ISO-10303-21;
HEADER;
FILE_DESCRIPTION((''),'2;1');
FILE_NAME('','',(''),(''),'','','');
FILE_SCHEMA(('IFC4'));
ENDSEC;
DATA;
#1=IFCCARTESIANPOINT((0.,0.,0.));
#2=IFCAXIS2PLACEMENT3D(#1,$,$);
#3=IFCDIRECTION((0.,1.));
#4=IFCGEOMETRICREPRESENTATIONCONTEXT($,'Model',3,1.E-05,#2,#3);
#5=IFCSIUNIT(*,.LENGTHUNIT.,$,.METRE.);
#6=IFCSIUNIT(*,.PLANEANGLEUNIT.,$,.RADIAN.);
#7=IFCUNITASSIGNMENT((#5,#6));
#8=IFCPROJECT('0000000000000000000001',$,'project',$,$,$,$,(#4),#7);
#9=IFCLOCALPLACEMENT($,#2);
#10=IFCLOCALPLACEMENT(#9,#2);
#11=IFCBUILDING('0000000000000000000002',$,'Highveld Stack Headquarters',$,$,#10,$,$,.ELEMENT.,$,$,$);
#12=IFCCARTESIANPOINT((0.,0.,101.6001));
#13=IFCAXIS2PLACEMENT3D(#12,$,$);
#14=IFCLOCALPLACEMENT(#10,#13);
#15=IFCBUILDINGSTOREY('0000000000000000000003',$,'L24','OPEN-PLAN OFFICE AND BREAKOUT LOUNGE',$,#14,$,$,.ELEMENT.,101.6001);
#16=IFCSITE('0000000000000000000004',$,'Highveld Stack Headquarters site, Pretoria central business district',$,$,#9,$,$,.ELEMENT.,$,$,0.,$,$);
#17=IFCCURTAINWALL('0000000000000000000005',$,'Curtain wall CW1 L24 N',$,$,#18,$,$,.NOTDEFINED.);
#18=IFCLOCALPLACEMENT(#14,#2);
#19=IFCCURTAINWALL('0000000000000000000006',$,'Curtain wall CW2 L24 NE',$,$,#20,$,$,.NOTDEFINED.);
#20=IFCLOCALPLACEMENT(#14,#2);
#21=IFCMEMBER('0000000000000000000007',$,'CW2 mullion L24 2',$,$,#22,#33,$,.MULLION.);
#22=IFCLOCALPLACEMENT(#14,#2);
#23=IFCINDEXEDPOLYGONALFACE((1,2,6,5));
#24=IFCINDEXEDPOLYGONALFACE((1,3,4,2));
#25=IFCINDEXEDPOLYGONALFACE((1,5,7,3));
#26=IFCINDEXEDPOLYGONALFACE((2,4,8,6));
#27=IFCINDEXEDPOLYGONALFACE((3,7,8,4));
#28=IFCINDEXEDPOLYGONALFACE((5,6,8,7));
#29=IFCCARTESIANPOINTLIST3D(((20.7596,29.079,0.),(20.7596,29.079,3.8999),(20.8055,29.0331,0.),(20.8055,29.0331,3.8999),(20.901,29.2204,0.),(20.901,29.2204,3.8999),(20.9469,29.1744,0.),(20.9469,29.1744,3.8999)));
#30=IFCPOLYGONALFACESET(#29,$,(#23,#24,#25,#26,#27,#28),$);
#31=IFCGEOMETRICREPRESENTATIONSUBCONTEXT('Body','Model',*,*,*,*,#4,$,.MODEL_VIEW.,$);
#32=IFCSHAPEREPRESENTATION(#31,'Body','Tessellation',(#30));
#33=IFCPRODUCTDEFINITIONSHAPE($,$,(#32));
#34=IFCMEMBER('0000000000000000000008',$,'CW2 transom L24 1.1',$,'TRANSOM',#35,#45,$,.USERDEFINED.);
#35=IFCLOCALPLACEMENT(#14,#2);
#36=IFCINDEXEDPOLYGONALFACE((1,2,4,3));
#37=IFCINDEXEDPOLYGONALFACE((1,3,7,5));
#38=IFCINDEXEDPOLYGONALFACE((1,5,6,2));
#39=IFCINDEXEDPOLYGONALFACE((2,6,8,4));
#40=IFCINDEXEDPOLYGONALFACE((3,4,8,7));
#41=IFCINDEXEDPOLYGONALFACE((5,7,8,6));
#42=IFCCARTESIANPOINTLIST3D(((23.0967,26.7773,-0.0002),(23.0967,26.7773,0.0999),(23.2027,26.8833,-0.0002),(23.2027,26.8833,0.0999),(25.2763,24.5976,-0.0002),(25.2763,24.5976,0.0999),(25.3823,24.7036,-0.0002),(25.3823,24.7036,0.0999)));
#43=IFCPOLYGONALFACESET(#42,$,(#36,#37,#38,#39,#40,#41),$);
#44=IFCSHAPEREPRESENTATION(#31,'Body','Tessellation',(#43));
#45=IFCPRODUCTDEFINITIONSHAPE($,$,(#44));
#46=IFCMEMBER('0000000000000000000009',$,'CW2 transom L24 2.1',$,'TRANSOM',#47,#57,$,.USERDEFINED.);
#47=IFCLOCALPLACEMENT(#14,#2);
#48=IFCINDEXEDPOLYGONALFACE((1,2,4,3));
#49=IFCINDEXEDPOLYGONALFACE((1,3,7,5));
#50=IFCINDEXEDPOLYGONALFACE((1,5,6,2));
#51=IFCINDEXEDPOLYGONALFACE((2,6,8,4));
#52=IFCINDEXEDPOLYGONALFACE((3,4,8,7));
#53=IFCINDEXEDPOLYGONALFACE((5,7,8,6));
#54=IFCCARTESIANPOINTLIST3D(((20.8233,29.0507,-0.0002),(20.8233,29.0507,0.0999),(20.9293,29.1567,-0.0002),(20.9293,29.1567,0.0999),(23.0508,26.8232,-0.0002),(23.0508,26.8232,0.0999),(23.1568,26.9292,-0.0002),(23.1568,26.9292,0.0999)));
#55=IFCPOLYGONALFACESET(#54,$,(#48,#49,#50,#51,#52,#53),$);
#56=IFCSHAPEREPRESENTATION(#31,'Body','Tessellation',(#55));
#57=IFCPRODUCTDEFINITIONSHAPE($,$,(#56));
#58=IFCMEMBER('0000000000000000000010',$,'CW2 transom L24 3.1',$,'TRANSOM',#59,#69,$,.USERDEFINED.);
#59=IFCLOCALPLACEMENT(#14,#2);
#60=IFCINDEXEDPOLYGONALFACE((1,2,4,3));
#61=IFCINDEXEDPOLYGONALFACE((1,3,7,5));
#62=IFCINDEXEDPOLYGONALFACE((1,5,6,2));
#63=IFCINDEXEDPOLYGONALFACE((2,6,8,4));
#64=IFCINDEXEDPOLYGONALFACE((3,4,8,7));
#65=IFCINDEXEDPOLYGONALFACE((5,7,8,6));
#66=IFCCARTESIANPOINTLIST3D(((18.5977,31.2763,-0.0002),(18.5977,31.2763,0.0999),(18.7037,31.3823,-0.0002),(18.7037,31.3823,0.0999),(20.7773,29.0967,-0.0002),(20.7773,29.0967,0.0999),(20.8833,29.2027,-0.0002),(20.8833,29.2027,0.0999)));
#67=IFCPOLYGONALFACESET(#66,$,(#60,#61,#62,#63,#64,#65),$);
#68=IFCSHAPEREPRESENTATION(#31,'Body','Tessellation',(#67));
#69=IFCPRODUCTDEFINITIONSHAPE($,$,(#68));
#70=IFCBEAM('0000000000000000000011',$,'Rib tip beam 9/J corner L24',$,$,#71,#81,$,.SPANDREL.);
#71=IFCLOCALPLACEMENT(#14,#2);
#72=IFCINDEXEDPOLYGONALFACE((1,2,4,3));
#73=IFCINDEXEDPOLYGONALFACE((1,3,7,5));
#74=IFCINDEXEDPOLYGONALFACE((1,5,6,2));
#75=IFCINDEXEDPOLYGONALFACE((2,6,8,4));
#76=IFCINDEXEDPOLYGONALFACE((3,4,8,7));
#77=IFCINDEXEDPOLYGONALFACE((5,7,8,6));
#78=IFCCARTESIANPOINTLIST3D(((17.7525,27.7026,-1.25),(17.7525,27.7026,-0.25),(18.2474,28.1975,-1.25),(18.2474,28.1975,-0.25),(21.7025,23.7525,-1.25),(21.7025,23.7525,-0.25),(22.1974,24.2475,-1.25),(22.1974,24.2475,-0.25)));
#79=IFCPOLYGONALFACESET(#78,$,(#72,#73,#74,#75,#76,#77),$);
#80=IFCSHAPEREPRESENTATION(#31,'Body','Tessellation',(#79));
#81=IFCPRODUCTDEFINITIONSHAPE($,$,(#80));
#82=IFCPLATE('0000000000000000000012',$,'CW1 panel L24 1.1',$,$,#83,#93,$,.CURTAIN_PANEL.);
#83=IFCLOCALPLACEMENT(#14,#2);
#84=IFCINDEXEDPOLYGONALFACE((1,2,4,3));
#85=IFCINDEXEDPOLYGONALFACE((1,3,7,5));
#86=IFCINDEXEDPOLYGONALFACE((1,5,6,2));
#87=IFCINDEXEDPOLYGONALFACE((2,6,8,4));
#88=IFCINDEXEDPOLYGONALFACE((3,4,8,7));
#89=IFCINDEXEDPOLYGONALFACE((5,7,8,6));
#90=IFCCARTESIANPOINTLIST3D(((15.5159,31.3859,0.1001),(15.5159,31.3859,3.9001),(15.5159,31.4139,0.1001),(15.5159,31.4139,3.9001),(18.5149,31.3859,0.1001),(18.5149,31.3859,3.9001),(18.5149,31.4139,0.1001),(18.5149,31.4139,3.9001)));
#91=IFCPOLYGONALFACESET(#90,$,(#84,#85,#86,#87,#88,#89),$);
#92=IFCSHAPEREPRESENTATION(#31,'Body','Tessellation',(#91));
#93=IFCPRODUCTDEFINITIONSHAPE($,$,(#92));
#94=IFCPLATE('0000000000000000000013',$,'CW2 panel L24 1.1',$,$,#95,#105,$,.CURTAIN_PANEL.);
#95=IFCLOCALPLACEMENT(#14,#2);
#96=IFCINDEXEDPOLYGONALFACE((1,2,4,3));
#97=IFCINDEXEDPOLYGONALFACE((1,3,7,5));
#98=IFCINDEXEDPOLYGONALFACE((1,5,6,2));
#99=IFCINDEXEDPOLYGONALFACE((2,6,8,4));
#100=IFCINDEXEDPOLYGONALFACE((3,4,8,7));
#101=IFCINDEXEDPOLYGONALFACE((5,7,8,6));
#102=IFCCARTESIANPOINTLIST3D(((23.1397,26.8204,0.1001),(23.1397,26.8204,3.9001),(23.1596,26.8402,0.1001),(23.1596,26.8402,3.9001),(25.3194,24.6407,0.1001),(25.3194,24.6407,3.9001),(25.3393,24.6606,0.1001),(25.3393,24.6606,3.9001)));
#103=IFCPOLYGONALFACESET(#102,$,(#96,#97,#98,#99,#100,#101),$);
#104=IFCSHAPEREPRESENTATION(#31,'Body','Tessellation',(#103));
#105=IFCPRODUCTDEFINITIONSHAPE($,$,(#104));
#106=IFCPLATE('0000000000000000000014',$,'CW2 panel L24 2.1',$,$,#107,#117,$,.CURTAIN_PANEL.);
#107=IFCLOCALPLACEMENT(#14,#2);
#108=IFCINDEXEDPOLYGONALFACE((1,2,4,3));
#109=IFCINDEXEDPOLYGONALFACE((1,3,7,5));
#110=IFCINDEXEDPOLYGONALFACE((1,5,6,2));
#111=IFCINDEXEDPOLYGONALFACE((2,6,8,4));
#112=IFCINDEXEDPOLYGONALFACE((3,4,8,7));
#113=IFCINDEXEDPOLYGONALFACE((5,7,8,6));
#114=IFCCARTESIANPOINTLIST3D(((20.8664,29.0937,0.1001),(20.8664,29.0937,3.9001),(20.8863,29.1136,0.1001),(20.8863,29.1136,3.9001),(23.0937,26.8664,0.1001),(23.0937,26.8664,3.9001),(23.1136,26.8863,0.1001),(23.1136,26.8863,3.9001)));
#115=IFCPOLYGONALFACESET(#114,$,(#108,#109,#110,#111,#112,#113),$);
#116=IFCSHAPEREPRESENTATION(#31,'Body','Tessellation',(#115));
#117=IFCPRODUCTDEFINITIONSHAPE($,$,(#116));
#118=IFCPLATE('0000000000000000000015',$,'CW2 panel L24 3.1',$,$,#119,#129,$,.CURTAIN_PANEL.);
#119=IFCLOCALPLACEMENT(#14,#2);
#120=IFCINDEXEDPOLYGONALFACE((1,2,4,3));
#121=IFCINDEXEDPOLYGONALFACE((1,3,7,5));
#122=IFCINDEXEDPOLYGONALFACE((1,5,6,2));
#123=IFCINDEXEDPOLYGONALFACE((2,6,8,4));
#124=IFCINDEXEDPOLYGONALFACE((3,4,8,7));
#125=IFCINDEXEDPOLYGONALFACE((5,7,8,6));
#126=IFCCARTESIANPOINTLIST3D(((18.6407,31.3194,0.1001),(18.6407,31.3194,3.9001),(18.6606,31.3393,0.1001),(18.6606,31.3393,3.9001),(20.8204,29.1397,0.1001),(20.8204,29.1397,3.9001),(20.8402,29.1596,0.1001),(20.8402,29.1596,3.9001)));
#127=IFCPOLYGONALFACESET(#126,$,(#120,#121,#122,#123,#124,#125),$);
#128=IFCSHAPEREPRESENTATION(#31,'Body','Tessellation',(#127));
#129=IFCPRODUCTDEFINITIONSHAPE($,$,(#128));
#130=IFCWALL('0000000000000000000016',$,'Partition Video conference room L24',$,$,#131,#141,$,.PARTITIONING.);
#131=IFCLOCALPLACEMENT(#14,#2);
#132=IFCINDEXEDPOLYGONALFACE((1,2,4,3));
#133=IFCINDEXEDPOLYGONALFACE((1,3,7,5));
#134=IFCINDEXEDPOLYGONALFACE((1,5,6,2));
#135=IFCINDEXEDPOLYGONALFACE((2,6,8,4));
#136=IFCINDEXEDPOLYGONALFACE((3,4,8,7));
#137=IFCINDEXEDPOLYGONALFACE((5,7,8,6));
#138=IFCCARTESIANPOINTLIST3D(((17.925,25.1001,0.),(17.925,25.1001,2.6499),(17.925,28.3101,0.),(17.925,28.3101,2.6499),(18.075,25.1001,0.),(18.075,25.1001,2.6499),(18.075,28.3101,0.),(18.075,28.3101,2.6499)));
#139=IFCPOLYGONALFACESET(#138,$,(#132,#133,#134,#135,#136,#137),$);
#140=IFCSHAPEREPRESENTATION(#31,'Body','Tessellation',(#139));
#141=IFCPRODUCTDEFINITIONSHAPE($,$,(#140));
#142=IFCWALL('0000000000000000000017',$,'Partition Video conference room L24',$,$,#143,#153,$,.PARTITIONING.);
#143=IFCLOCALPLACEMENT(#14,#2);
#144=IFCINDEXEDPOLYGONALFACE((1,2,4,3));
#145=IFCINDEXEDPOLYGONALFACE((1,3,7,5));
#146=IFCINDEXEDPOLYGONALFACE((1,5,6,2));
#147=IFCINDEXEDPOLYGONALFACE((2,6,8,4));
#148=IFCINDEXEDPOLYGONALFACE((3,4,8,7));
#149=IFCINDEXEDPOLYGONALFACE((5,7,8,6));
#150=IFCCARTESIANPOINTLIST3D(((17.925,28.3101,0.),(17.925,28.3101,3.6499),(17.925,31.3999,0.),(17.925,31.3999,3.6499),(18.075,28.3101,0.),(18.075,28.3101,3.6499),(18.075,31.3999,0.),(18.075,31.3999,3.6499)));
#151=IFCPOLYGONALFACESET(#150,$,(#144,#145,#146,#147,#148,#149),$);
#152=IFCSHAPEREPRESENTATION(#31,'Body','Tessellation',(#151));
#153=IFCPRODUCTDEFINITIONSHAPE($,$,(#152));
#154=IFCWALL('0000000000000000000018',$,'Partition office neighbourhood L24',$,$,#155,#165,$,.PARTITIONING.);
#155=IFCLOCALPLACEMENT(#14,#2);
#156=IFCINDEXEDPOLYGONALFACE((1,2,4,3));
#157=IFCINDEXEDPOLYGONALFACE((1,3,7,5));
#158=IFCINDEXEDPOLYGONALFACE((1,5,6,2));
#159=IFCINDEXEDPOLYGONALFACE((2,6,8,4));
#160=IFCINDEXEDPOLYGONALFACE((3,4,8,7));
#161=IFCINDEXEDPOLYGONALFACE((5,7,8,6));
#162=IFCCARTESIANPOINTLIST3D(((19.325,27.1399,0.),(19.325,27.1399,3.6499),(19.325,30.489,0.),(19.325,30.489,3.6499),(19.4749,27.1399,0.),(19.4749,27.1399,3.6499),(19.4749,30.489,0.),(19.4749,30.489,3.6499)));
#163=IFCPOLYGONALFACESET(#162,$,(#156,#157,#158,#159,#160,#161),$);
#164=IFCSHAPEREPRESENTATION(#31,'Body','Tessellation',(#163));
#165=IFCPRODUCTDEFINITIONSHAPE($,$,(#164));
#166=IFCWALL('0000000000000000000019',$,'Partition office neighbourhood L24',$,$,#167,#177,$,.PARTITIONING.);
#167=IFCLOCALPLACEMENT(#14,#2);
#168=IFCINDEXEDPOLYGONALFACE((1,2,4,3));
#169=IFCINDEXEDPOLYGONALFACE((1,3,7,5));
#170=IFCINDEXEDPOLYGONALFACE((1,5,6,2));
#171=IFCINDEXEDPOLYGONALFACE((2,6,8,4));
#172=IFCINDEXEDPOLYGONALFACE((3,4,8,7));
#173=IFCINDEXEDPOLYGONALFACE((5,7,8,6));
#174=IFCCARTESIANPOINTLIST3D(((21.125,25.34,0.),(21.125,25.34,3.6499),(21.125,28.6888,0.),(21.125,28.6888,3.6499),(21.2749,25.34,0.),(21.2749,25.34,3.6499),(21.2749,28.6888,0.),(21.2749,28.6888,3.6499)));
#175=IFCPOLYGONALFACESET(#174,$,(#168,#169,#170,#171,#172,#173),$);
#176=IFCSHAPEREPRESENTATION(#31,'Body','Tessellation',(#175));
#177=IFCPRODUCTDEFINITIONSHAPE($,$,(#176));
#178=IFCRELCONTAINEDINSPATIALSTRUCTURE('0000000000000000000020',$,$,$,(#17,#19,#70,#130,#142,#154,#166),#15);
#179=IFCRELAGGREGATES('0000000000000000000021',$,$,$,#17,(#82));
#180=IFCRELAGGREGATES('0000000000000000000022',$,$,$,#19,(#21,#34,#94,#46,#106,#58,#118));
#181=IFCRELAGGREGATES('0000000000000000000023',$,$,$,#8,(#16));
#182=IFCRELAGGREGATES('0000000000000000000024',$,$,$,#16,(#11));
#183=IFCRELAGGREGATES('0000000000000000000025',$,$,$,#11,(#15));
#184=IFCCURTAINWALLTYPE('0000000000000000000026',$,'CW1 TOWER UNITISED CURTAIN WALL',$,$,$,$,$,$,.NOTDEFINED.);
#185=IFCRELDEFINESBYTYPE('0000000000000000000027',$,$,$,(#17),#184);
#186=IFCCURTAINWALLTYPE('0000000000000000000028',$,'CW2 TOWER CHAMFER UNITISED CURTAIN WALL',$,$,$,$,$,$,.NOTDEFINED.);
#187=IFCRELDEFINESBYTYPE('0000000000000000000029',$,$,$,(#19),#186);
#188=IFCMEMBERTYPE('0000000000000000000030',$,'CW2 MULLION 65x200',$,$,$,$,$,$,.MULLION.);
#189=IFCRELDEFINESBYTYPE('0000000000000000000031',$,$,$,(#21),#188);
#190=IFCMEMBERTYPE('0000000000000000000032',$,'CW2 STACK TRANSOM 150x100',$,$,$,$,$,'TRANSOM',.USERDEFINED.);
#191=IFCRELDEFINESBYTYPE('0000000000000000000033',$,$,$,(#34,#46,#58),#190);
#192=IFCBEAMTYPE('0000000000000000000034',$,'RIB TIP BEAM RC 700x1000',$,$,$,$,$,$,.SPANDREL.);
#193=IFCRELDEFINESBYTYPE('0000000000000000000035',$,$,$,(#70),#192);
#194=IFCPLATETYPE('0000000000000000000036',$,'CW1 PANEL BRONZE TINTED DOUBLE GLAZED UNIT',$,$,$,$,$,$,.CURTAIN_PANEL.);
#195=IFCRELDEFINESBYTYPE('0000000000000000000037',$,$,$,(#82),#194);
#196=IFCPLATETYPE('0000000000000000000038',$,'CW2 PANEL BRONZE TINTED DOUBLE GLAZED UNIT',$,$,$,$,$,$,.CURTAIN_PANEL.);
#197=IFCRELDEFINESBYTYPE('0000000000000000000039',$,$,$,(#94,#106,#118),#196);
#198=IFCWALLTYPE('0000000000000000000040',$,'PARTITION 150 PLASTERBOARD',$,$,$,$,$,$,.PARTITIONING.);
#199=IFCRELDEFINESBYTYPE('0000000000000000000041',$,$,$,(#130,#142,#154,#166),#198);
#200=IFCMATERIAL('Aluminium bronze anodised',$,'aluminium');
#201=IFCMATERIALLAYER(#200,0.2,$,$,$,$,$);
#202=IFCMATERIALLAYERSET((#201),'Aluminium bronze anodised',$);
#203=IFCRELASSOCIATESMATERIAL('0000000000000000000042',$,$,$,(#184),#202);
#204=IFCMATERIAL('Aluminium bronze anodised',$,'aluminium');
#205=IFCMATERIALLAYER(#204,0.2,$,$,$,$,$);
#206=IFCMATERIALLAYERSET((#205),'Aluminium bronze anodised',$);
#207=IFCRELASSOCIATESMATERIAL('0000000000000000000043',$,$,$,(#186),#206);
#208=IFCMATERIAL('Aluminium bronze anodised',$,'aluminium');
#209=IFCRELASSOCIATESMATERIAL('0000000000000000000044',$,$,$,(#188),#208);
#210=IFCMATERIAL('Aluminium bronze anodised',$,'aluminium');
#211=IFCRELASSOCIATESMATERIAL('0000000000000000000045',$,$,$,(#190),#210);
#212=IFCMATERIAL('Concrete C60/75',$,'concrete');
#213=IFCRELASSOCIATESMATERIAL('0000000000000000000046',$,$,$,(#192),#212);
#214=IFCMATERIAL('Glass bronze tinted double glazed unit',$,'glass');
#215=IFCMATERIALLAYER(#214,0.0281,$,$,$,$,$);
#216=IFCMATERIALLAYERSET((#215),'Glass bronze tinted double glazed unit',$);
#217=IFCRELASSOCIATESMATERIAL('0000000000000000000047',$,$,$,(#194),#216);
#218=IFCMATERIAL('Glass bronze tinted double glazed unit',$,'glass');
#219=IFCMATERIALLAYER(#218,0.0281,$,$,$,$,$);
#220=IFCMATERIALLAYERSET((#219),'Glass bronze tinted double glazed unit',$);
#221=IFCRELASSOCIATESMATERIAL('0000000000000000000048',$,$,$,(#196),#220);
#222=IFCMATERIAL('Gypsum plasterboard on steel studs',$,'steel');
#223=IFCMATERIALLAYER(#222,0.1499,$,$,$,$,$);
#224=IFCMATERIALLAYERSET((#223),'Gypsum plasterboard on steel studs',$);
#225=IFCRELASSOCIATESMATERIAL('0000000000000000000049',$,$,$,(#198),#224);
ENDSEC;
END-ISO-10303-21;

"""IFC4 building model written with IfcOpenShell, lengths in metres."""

from ifc_helpers import new_model, si_unit, direction, frame, frame_2d, origin, origin_2d, place, context, subcontext, project, spatial, rectangle, extrude, material, layer, layer_set, material_profile, profile_set, type_object, element, aggregate, save


model = new_model("IFC4")

# Units and contexts
model_context = context("Model", 3, precision=1e-05, world=origin(), true_north=direction((0.0, 1.0)))
body_context = subcontext(model_context, "Body", "Model", "MODEL_VIEW")
ifc_project = project(units=[si_unit("LENGTHUNIT", "METRE"), si_unit("PLANEANGLEUNIT", "RADIAN")], contexts=[model_context])

# Site, building, storey
site_placement = place(None, origin())
site = spatial("IfcSite", under=ifc_project, at=site_placement, Name="Highveld Stack Headquarters site, Pretoria central business district", CompositionType="ELEMENT", RefElevation=0.0)
building_placement = place(site_placement, origin())
building = spatial("IfcBuilding", under=site, at=building_placement, Name="Highveld Stack Headquarters", CompositionType="ELEMENT")
storey_placement = place(building_placement, frame((0.0, 0.0, 101.6001)))
storey = spatial("IfcBuildingStorey", under=building, at=storey_placement, Name="L24", Description="OPEN-PLAN OFFICE AND BREAKOUT LOUNGE", CompositionType="ELEMENT", Elevation=101.6001)

# Shared definitions
ifc_material_1 = material(Name="Aluminium bronze anodised", Category="aluminium")
ifc_layer_1 = layer(ifc_material_1, 0.2)
ifc_layer_set_1 = layer_set([ifc_layer_1], Name="Aluminium bronze anodised")
curtain_wall_type_1 = type_object("IfcCurtainWallType", Name="CW1 TOWER UNITISED CURTAIN WALL", PredefinedType="NOTDEFINED", material=ifc_layer_set_1)

# Curtain wall
curtain_wall_1_placement = place(storey_placement, origin())
curtain_wall_1 = element("IfcCurtainWall", 1, at=curtain_wall_1_placement, inside=storey, type_object=curtain_wall_type_1, Name="Curtain wall CW1 L24 N", PredefinedType="NOTDEFINED")

# Curtain wall, members
ifc_material_2 = material(Name="Aluminium bronze anodised", Category="aluminium")
ifc_layer_2 = layer(ifc_material_2, 0.2)
ifc_layer_set_2 = layer_set([ifc_layer_2], Name="Aluminium bronze anodised")
curtain_wall_type_2 = type_object("IfcCurtainWallType", Name="CW2 TOWER CHAMFER UNITISED CURTAIN WALL", PredefinedType="NOTDEFINED", material=ifc_layer_set_2)
curtain_wall_2_placement = place(storey_placement, origin())
curtain_wall_2 = element("IfcCurtainWall", 2, at=curtain_wall_2_placement, inside=storey, type_object=curtain_wall_type_2, Name="Curtain wall CW2 L24 NE", PredefinedType="NOTDEFINED")
ifc_material_3 = material(Name="Aluminium bronze anodised", Category="aluminium")
ifc_material_profile_1 = material_profile(ifc_material_3, rectangle(XDim=0.2, YDim=0.0649, at=origin_2d()), Name="CW2 MULLION 65x200")
ifc_profile_set_1 = profile_set([ifc_material_profile_1], Name="Aluminium bronze anodised")
member_type_1 = type_object("IfcMemberType", Name="CW2 MULLION 65x200", PredefinedType="MULLION", material=ifc_profile_set_1)
member_1_placement = place(storey_placement, frame((20.8533, 29.1267, 0.0), z_axis=(0.0, 0.0, 1.0), x_axis=(-0.707107, -0.707107, 0.0)))
member_1 = element("IfcMember", 3, at=member_1_placement, type_object=member_type_1, Name="CW2 mullion L24 2", PredefinedType="MULLION", context=body_context, shape_type="SweptSolid", body=[
    extrude(rectangle(XDim=0.2, YDim=0.0649, at=origin_2d()), origin(), (0.0, 0.0, 1.0), 3.8999),
])
ifc_material_4 = material(Name="Aluminium bronze anodised", Category="aluminium")
ifc_material_profile_2 = material_profile(ifc_material_4, rectangle(XDim=0.1499, YDim=0.1001, at=origin_2d()), Name="CW2 TRANSOM 150x100")
ifc_profile_set_2 = profile_set([ifc_material_profile_2], Name="Aluminium bronze anodised")
member_type_2 = type_object("IfcMemberType", Name="CW2 STACK TRANSOM 150x100", ElementType="TRANSOM", PredefinedType="USERDEFINED", material=ifc_profile_set_2)
member_2_placement = place(storey_placement, frame((25.3293, 24.6506, 0.0498), z_axis=(-0.707107, 0.707107, 0.0), x_axis=(-0.707107, -0.707107, 0.0)))
member_2 = element("IfcMember", 4, at=member_2_placement, type_object=member_type_2, Name="CW2 transom L24 1.1", ObjectType="TRANSOM", PredefinedType="USERDEFINED", context=body_context, shape_type="SweptSolid", body=[
    extrude(rectangle(XDim=0.1499, YDim=0.1001, at=origin_2d()), origin(), (0.0, 0.0, 1.0), 3.0825),
])
member_3_placement = place(storey_placement, frame((23.1038, 26.8762, 0.0498), z_axis=(-0.707107, 0.707107, 0.0), x_axis=(-0.707107, -0.707107, 0.0)))
member_3 = element("IfcMember", 5, at=member_3_placement, type_object=member_type_2, Name="CW2 transom L24 2.1", ObjectType="TRANSOM", PredefinedType="USERDEFINED", context=body_context, shape_type="SweptSolid", body=[
    extrude(rectangle(XDim=0.1499, YDim=0.1001, at=origin_2d()), origin(), (0.0, 0.0, 1.0), 3.1501),
])
member_4_placement = place(storey_placement, frame((20.8303, 29.1497, 0.0498), z_axis=(-0.707107, 0.707107, 0.0), x_axis=(-0.707107, -0.707107, 0.0)))
member_4 = element("IfcMember", 6, at=member_4_placement, type_object=member_type_2, Name="CW2 transom L24 3.1", ObjectType="TRANSOM", PredefinedType="USERDEFINED", context=body_context, shape_type="SweptSolid", body=[
    extrude(rectangle(XDim=0.1499, YDim=0.1001, at=origin_2d()), origin(), (0.0, 0.0, 1.0), 3.0825),
])

# Beam
ifc_material_5 = material(Name="Concrete C60/75", Category="concrete")
ifc_material_profile_3 = material_profile(ifc_material_5, rectangle(XDim=0.7, YDim=1.0, at=origin_2d()), Name="RC 700x1000")
ifc_profile_set_3 = profile_set([ifc_material_profile_3], Name="Concrete C60/75")
beam_type_1 = type_object("IfcBeamType", Name="RIB TIP BEAM RC 700x1000", PredefinedType="SPANDREL", material=ifc_profile_set_3)
beam_1_placement = place(storey_placement, frame((21.95, 24.0, -0.75), z_axis=(-0.707107, 0.707107, 0.0), x_axis=(-0.707107, -0.707107, 0.0)))
element("IfcBeam", 7, at=beam_1_placement, inside=storey, type_object=beam_type_1, Name="Rib tip beam 9/J corner L24", PredefinedType="SPANDREL", context=body_context, shape_type="SweptSolid", body=[
    extrude(rectangle(XDim=0.7, YDim=1.0, at=origin_2d()), origin(), (0.0, 0.0, 1.0), 5.5862),
])

# Plates
ifc_material_6 = material(Name="Glass bronze tinted double glazed unit", Category="glass")
ifc_layer_3 = layer(ifc_material_6, 0.0281)
ifc_layer_set_3 = layer_set([ifc_layer_3], Name="Glass bronze tinted double glazed unit")
plate_type_1 = type_object("IfcPlateType", Name="CW1 PANEL BRONZE TINTED DOUBLE GLAZED UNIT", PredefinedType="CURTAIN_PANEL", material=ifc_layer_set_3)
plate_1_placement = place(storey_placement, frame((17.0154, 31.3999, 0.1001), z_axis=(0.0, 0.0, 1.0), x_axis=(-1.0, 0.0, 0.0)))
plate_1 = element("IfcPlate", 8, at=plate_1_placement, type_object=plate_type_1, Name="CW1 panel L24 1.1", PredefinedType="CURTAIN_PANEL", context=body_context, shape_type="SweptSolid", body=[
    extrude(rectangle(XDim=2.999, YDim=0.0281, at=origin_2d()), origin(), (0.0, 0.0, 1.0), 3.8),
])
aggregate(curtain_wall_1, [plate_1])
ifc_material_7 = material(Name="Glass bronze tinted double glazed unit", Category="glass")
ifc_layer_4 = layer(ifc_material_7, 0.0281)
ifc_layer_set_4 = layer_set([ifc_layer_4], Name="Glass bronze tinted double glazed unit")
plate_type_2 = type_object("IfcPlateType", Name="CW2 PANEL BRONZE TINTED DOUBLE GLAZED UNIT", PredefinedType="CURTAIN_PANEL", material=ifc_layer_set_4)
plate_2_placement = place(storey_placement, frame((24.2395, 25.7405, 0.1001), z_axis=(0.0, 0.0, 1.0), x_axis=(-0.707107, 0.707107, 0.0)))
plate_2 = element("IfcPlate", 9, at=plate_2_placement, type_object=plate_type_2, Name="CW2 panel L24 1.1", PredefinedType="CURTAIN_PANEL", context=body_context, shape_type="SweptSolid", body=[
    extrude(rectangle(XDim=3.0825, YDim=0.0281, at=origin_2d()), origin(), (0.0, 0.0, 1.0), 3.8),
])
plate_3_placement = place(storey_placement, frame((21.99, 27.99, 0.1001), z_axis=(0.0, 0.0, 1.0), x_axis=(-0.707107, 0.707107, 0.0)))
plate_3 = element("IfcPlate", 10, at=plate_3_placement, type_object=plate_type_2, Name="CW2 panel L24 2.1", PredefinedType="CURTAIN_PANEL", context=body_context, shape_type="SweptSolid", body=[
    extrude(rectangle(XDim=3.1499, YDim=0.0281, at=origin_2d()), origin(), (0.0, 0.0, 1.0), 3.8),
])
plate_4_placement = place(storey_placement, frame((19.7405, 30.2395, 0.1001), z_axis=(0.0, 0.0, 1.0), x_axis=(-0.707107, 0.707107, 0.0)))
plate_4 = element("IfcPlate", 11, at=plate_4_placement, type_object=plate_type_2, Name="CW2 panel L24 3.1", PredefinedType="CURTAIN_PANEL", context=body_context, shape_type="SweptSolid", body=[
    extrude(rectangle(XDim=3.0825, YDim=0.0281, at=origin_2d()), origin(), (0.0, 0.0, 1.0), 3.8),
])
aggregate(curtain_wall_2, [member_1, member_2, plate_2, member_3, plate_3, member_4, plate_4])

# Walls
ifc_material_8 = material(Name="Gypsum plasterboard on steel studs", Category="steel")
ifc_layer_5 = layer(ifc_material_8, 0.1499)
ifc_layer_set_5 = layer_set([ifc_layer_5], Name="Gypsum plasterboard on steel studs")
wall_type = type_object("IfcWallType", Name="PARTITION 150 PLASTERBOARD", PredefinedType="PARTITIONING", material=ifc_layer_set_5)
wall_1_placement = place(storey_placement, frame((18.0, 25.1001, 0.0), z_axis=(0.0, 0.0, 1.0), x_axis=(0.0, 1.0, 0.0)))
element("IfcWall", 12, at=wall_1_placement, inside=storey, type_object=wall_type, Name="Partition Video conference room L24", PredefinedType="PARTITIONING", context=body_context, shape_type="SweptSolid", body=[
    extrude(rectangle(XDim=3.21, YDim=0.1499, at=frame_2d((1.605, 0.0))), origin(), (0.0, 0.0, 1.0), 2.6499),
])
wall_2_placement = place(storey_placement, frame((18.0, 28.3101, 0.0), z_axis=(0.0, 0.0, 1.0), x_axis=(0.0, 1.0, 0.0)))
element("IfcWall", 13, at=wall_2_placement, inside=storey, type_object=wall_type, Name="Partition Video conference room L24", PredefinedType="PARTITIONING", context=body_context, shape_type="SweptSolid", body=[
    extrude(rectangle(XDim=3.0898, YDim=0.1499, at=frame_2d((1.5449, 0.0))), origin(), (0.0, 0.0, 1.0), 3.6499),
])
wall_3_placement = place(storey_placement, frame((19.3999, 27.1399, 0.0), z_axis=(0.0, 0.0, 1.0), x_axis=(0.0, 1.0, 0.0)))
element("IfcWall", 14, at=wall_3_placement, inside=storey, type_object=wall_type, Name="Partition office neighbourhood L24", PredefinedType="PARTITIONING", context=body_context, shape_type="SweptSolid", body=[
    extrude(rectangle(XDim=3.3491, YDim=0.1499, at=frame_2d((1.6746, 0.0))), origin(), (0.0, 0.0, 1.0), 3.6499),
])
wall_4_placement = place(storey_placement, frame((21.2, 25.3401, 0.0), z_axis=(0.0, 0.0, 1.0), x_axis=(0.0, 1.0, 0.0)))
element("IfcWall", 15, at=wall_4_placement, inside=storey, type_object=wall_type, Name="Partition office neighbourhood L24", PredefinedType="PARTITIONING", context=body_context, shape_type="SweptSolid", body=[
    extrude(rectangle(XDim=3.3489, YDim=0.1499, at=frame_2d((1.6743, 0.0))), origin(), (0.0, 0.0, 1.0), 3.6499),
])

save(model, "model.ifc")
